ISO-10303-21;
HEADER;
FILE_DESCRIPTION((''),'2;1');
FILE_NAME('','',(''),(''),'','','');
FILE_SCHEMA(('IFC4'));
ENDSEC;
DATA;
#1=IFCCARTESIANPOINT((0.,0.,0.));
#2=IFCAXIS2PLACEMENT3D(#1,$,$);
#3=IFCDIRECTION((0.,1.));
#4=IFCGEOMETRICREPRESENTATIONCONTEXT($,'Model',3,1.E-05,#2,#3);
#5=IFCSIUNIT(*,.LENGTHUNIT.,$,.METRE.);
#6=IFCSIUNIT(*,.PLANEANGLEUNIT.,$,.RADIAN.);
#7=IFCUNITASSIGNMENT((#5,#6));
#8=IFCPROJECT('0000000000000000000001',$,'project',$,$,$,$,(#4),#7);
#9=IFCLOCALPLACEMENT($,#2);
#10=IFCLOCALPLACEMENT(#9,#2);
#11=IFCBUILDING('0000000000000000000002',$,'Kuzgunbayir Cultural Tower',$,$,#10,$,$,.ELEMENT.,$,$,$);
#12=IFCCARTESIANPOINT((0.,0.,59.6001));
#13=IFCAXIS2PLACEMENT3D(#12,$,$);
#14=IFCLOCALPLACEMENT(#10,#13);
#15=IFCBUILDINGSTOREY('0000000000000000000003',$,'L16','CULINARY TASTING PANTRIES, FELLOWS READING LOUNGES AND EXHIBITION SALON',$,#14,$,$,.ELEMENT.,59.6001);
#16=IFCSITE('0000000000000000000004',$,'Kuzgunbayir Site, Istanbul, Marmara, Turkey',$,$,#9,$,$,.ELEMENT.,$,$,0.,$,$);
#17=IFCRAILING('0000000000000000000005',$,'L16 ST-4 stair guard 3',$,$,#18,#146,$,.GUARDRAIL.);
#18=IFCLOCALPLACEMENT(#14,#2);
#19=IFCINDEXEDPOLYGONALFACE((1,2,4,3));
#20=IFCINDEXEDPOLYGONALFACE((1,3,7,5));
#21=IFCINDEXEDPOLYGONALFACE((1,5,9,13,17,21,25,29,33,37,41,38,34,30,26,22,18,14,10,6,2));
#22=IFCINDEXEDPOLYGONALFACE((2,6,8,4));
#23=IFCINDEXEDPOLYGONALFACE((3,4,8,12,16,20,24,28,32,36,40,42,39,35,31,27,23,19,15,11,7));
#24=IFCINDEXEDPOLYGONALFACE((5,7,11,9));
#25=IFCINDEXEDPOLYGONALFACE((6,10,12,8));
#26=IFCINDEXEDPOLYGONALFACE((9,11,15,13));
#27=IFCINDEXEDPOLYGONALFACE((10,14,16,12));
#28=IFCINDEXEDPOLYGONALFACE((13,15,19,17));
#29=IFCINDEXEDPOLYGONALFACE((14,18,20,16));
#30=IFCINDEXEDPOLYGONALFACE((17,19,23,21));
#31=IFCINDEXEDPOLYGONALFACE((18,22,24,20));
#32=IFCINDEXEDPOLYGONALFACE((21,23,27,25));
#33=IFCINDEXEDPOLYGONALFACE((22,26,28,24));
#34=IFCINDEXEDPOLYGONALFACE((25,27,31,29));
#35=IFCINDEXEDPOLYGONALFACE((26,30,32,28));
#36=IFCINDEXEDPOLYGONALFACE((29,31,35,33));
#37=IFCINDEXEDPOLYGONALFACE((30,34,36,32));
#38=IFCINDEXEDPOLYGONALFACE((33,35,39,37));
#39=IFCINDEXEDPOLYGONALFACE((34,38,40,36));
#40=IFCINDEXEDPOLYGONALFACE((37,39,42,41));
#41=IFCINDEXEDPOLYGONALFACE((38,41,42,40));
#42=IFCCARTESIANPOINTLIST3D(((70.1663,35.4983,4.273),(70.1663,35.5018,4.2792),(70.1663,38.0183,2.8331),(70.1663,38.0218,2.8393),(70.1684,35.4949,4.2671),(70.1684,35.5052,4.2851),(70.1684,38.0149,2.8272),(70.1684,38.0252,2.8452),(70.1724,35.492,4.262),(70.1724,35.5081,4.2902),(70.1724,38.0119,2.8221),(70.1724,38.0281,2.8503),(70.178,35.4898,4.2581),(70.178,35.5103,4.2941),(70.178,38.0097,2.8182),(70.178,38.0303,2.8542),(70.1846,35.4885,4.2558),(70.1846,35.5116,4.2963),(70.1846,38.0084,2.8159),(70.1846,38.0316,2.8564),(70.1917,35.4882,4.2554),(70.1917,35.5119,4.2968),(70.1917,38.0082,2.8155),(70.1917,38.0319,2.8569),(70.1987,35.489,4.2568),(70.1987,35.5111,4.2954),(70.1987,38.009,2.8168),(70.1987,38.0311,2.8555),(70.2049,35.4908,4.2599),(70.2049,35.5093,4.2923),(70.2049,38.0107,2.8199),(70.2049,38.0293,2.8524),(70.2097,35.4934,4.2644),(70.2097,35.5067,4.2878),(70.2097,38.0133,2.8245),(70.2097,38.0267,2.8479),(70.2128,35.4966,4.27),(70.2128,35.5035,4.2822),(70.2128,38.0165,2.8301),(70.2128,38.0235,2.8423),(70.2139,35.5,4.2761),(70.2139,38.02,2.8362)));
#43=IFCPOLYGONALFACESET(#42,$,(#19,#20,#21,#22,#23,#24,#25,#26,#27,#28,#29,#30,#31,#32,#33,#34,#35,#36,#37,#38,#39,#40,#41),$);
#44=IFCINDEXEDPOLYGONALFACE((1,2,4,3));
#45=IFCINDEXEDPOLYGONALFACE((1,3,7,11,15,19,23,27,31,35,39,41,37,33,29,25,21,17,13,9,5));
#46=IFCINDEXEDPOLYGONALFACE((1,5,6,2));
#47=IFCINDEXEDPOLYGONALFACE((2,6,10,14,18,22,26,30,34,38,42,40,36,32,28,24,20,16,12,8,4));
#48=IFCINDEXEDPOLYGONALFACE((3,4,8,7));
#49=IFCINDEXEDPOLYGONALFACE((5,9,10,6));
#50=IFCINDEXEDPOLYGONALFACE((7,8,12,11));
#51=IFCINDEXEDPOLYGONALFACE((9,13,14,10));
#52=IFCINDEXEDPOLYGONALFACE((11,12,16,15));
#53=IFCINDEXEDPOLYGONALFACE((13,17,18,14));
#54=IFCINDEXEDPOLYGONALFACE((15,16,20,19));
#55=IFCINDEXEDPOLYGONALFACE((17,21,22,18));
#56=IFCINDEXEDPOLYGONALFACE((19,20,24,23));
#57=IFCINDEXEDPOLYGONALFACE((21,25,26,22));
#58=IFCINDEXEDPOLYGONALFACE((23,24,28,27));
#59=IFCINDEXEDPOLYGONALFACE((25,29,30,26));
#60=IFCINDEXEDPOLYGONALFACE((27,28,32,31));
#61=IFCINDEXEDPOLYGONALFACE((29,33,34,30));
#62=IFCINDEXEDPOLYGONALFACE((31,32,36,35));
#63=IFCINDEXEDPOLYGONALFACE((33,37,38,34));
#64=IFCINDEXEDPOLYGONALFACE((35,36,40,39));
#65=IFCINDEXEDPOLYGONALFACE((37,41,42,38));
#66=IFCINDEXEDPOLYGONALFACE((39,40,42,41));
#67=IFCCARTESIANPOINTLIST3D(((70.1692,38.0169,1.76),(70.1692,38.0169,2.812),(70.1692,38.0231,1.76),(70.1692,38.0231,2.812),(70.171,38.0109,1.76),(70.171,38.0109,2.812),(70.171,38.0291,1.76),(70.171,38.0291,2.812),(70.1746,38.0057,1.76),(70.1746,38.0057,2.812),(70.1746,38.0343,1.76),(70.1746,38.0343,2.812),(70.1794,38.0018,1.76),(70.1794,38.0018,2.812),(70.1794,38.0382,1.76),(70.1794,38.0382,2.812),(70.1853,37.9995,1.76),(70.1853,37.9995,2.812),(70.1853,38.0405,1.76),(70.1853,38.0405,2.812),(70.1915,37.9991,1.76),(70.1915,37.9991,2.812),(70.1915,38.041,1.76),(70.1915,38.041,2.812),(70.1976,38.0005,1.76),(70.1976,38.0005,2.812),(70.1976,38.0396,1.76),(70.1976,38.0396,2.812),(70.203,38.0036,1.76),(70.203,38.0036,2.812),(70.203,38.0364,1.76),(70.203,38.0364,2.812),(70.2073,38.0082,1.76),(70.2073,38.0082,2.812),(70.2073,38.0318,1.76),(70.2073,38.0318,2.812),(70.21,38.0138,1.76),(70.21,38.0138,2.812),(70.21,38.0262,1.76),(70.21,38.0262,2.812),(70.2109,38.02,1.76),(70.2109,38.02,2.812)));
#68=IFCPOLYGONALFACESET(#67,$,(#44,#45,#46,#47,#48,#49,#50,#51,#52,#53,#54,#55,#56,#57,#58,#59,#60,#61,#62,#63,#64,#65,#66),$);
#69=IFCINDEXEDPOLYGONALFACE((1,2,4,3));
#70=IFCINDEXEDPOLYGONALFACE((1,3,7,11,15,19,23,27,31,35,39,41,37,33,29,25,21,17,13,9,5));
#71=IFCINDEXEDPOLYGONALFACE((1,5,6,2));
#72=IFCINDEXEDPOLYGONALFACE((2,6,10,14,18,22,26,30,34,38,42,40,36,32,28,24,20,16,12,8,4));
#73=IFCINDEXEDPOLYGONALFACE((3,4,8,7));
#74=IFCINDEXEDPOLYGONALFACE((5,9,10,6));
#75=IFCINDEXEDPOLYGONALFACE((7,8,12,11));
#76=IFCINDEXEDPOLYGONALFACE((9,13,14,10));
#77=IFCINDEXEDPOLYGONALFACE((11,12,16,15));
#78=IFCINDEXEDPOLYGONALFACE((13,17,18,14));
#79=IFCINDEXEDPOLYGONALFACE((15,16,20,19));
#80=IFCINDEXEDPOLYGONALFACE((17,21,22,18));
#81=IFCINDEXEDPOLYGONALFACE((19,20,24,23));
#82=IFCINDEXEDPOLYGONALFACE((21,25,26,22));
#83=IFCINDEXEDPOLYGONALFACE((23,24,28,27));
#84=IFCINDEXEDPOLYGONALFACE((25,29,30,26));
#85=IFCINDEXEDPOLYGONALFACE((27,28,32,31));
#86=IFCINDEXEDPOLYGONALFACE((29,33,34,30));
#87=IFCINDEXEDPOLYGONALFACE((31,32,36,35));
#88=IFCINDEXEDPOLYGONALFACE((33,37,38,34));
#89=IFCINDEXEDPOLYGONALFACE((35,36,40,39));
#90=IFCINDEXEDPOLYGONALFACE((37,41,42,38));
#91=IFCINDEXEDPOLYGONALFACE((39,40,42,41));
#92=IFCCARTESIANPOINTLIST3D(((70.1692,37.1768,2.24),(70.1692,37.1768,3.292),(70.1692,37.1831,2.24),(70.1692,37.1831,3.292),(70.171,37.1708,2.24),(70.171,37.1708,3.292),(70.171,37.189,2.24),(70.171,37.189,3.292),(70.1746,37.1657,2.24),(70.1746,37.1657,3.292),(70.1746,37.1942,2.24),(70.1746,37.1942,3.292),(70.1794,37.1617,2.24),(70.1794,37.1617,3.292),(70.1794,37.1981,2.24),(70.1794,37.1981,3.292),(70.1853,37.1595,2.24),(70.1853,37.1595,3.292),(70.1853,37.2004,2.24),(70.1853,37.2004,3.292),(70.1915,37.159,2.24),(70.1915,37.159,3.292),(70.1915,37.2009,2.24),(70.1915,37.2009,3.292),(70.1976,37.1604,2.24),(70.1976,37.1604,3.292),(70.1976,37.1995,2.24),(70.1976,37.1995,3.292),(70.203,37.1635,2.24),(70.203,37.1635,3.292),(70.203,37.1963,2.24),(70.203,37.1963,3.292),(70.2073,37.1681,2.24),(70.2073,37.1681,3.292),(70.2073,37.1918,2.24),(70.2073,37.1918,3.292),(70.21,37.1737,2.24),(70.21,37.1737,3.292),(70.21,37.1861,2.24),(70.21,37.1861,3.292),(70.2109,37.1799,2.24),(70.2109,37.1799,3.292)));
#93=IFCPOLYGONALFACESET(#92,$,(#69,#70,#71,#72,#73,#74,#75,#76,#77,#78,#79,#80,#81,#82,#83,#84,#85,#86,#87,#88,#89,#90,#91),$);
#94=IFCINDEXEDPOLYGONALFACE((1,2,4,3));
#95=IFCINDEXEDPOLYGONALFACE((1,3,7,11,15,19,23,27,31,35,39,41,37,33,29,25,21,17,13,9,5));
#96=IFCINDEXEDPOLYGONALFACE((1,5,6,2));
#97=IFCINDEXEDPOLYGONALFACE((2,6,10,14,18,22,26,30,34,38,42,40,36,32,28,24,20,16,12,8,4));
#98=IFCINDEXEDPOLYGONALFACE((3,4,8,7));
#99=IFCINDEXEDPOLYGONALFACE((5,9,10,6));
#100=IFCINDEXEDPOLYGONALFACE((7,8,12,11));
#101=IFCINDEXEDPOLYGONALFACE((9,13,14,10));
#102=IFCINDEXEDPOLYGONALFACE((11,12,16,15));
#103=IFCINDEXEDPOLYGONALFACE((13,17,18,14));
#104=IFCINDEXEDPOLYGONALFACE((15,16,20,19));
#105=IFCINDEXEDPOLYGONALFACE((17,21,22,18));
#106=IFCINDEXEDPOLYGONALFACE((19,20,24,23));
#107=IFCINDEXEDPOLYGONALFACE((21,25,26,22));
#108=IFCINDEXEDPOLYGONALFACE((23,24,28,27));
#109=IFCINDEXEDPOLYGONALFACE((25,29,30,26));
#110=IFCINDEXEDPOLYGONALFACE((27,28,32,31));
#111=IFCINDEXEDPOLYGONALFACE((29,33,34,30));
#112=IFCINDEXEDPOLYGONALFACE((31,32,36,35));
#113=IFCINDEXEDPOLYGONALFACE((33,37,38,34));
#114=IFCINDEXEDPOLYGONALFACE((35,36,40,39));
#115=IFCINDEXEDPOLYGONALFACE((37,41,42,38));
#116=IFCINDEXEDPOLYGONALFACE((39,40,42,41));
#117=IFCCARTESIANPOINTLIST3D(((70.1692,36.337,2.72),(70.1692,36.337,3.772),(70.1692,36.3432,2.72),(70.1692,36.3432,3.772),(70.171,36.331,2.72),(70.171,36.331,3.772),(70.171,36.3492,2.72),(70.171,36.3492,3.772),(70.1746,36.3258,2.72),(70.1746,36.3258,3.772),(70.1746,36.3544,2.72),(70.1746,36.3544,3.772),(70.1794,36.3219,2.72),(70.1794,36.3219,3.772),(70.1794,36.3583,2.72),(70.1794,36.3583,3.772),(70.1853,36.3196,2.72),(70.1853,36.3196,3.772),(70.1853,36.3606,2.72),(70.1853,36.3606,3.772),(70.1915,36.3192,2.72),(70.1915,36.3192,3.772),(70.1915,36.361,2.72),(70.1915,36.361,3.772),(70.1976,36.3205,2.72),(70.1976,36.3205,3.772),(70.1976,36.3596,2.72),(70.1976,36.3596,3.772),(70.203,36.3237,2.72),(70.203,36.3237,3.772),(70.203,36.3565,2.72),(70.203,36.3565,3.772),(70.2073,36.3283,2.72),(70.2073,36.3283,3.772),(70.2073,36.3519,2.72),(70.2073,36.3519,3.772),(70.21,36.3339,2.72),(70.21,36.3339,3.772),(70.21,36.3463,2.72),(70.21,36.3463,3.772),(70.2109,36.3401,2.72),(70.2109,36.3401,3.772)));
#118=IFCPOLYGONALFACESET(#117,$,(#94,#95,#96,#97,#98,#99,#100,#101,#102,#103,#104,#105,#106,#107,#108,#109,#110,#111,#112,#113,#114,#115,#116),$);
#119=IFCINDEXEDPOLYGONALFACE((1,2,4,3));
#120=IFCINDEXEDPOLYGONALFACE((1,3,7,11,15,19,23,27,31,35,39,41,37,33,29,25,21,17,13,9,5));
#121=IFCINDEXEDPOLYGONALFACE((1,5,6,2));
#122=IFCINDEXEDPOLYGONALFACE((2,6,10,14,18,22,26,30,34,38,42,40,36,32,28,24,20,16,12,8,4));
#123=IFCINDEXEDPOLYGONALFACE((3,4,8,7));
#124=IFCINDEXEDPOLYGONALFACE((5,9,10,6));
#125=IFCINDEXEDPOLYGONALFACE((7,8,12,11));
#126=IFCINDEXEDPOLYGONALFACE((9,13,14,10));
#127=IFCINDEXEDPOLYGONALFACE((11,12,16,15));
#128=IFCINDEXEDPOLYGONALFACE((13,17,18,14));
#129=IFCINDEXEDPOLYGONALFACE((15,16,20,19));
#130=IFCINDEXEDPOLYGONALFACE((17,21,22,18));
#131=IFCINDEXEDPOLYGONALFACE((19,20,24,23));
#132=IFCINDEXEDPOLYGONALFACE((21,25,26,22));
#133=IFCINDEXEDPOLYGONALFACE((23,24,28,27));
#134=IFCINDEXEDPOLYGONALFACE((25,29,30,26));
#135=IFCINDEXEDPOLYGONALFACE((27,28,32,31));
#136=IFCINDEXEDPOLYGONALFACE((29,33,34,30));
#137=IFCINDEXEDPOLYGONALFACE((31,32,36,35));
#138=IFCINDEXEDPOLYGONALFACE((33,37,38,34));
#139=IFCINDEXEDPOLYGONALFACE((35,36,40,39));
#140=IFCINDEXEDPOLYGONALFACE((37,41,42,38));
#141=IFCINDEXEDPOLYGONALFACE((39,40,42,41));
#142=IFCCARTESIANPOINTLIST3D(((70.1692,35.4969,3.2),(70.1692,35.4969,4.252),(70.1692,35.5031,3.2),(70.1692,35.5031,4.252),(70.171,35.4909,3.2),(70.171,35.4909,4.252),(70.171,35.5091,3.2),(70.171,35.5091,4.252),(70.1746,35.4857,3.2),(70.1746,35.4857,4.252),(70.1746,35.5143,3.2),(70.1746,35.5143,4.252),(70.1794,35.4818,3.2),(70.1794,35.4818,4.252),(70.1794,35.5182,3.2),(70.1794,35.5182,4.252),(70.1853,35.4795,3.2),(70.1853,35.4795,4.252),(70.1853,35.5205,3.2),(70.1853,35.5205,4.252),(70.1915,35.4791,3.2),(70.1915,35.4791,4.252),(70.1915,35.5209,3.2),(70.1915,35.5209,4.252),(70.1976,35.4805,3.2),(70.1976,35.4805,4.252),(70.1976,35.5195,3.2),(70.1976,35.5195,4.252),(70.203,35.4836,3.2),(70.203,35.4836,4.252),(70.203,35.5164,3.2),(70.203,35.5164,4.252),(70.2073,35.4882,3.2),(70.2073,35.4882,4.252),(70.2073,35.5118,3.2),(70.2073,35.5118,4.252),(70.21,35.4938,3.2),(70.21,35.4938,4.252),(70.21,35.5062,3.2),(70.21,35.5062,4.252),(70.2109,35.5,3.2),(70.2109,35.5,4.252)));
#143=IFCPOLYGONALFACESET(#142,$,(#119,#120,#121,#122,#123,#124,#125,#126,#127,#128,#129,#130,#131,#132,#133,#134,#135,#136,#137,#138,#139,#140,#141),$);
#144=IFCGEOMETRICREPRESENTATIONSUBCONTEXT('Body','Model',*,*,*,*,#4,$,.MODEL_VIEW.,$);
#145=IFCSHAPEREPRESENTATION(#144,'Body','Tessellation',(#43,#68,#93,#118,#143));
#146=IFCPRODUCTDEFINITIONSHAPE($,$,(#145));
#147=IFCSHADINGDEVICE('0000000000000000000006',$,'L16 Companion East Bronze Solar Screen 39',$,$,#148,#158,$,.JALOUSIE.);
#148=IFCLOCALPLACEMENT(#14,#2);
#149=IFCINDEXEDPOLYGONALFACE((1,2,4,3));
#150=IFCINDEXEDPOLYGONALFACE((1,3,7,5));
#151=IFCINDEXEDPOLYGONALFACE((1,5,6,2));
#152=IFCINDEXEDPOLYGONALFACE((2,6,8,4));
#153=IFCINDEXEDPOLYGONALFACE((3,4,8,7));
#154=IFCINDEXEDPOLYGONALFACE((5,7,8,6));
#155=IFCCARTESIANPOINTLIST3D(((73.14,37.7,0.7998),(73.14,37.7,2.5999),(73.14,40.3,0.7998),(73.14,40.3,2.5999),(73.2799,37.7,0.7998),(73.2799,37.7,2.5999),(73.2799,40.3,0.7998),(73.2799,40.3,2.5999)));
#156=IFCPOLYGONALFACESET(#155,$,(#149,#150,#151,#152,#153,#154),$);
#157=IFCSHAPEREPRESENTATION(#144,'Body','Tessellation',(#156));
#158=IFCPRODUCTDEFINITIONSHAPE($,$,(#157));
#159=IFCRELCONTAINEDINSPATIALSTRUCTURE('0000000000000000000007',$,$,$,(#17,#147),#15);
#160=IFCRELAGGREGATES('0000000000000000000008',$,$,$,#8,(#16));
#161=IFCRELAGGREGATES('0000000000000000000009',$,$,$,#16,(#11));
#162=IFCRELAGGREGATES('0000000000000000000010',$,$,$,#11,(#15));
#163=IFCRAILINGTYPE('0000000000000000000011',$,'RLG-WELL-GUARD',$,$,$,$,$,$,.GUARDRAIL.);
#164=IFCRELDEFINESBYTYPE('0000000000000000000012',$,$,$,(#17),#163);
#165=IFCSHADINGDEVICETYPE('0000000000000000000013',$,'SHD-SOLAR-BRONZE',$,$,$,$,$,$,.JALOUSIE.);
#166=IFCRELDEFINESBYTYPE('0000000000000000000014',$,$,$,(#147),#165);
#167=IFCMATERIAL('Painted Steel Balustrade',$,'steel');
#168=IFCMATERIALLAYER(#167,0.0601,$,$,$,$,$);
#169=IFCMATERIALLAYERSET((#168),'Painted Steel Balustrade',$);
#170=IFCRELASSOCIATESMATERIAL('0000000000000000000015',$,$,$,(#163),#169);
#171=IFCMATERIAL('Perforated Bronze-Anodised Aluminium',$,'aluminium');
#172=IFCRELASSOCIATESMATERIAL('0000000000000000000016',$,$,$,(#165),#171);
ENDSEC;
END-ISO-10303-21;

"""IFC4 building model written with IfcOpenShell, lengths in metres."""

from ifc_helpers import new_model, si_unit, direction, frame, origin, origin_2d, place, context, subcontext, project, spatial, rectangle, circle, extrude, material, layer, layer_set, type_object, element, save


model = new_model("IFC4")

# Units and contexts
model_context = context("Model", 3, precision=1e-05, world=origin(), true_north=direction((0.0, 1.0)))
body_context = subcontext(model_context, "Body", "Model", "MODEL_VIEW")
ifc_project = project(units=[si_unit("LENGTHUNIT", "METRE"), si_unit("PLANEANGLEUNIT", "RADIAN")], contexts=[model_context])

# Site, building, storey
site_placement = place(None, origin())
site = spatial("IfcSite", under=ifc_project, at=site_placement, Name="Kuzgunbayir Site, Istanbul, Marmara, Turkey", CompositionType="ELEMENT", RefElevation=0.0)
building_placement = place(site_placement, origin())
building = spatial("IfcBuilding", under=site, at=building_placement, Name="Kuzgunbayir Cultural Tower", CompositionType="ELEMENT")
storey_placement = place(building_placement, frame((0.0, 0.0, 59.6001)))
storey = spatial("IfcBuildingStorey", under=building, at=storey_placement, Name="L16", Description="CULINARY TASTING PANTRIES, FELLOWS READING LOUNGES AND EXHIBITION SALON", CompositionType="ELEMENT", Elevation=59.6001)

# Railing
ifc_material_1 = material(Name="Painted Steel Balustrade", Category="steel")
ifc_layer_1 = layer(ifc_material_1, 0.0601)
ifc_layer_set_1 = layer_set([ifc_layer_1], Name="Painted Steel Balustrade")
railing_type_1 = type_object("IfcRailingType", Name="RLG-WELL-GUARD", PredefinedType="GUARDRAIL", material=ifc_layer_set_1)
railing_1_placement = place(storey_placement, frame((70.1899, 38.02, 1.76)))
element("IfcRailing", 1, at=railing_1_placement, inside=storey, type_object=railing_type_1, Name="L16 ST-4 stair guard 3", PredefinedType="GUARDRAIL", context=body_context, shape_type="SweptSolid", body=[
    extrude(circle(Radius=0.0239, at=origin_2d()), frame((0.0, 0.0, 1.0762), z_axis=(0.0, -0.868253, 0.496121), x_axis=(1.0, 0.0, 0.0)), (0.0, 0.0, 1.0), 2.9023),
    extrude(circle(Radius=0.021, at=origin_2d()), origin(), (0.0, 0.0, 1.0), 1.052),
    extrude(circle(Radius=0.021, at=origin_2d()), frame((0.0, -0.8401, 0.48)), (0.0, 0.0, 1.0), 1.052),
    extrude(circle(Radius=0.021, at=origin_2d()), frame((0.0, -1.6799, 0.96)), (0.0, 0.0, 1.0), 1.052),
    extrude(circle(Radius=0.021, at=origin_2d()), frame((0.0, -2.52, 1.4399)), (0.0, 0.0, 1.0), 1.052),
])

# Shading device
ifc_material_2 = material(Name="Perforated Bronze-Anodised Aluminium", Category="aluminium")
shading_device_type = type_object("IfcShadingDeviceType", Name="SHD-SOLAR-BRONZE", PredefinedType="JALOUSIE", material=ifc_material_2)
shading_device_placement = place(storey_placement, frame((73.21, 39.0, 0.7998), z_axis=(0.0, 0.0, 1.0), x_axis=(1.0, 0.0, 0.0)))
element("IfcShadingDevice", 2, at=shading_device_placement, inside=storey, type_object=shading_device_type, Name="L16 Companion East Bronze Solar Screen 39", PredefinedType="JALOUSIE", context=body_context, shape_type="SweptSolid", body=[
    extrude(rectangle(XDim=0.1399, YDim=2.6001, at=origin_2d()), origin(), (0.0, 0.0, 1.0), 1.8),
])

save(model, "model.ifc")
